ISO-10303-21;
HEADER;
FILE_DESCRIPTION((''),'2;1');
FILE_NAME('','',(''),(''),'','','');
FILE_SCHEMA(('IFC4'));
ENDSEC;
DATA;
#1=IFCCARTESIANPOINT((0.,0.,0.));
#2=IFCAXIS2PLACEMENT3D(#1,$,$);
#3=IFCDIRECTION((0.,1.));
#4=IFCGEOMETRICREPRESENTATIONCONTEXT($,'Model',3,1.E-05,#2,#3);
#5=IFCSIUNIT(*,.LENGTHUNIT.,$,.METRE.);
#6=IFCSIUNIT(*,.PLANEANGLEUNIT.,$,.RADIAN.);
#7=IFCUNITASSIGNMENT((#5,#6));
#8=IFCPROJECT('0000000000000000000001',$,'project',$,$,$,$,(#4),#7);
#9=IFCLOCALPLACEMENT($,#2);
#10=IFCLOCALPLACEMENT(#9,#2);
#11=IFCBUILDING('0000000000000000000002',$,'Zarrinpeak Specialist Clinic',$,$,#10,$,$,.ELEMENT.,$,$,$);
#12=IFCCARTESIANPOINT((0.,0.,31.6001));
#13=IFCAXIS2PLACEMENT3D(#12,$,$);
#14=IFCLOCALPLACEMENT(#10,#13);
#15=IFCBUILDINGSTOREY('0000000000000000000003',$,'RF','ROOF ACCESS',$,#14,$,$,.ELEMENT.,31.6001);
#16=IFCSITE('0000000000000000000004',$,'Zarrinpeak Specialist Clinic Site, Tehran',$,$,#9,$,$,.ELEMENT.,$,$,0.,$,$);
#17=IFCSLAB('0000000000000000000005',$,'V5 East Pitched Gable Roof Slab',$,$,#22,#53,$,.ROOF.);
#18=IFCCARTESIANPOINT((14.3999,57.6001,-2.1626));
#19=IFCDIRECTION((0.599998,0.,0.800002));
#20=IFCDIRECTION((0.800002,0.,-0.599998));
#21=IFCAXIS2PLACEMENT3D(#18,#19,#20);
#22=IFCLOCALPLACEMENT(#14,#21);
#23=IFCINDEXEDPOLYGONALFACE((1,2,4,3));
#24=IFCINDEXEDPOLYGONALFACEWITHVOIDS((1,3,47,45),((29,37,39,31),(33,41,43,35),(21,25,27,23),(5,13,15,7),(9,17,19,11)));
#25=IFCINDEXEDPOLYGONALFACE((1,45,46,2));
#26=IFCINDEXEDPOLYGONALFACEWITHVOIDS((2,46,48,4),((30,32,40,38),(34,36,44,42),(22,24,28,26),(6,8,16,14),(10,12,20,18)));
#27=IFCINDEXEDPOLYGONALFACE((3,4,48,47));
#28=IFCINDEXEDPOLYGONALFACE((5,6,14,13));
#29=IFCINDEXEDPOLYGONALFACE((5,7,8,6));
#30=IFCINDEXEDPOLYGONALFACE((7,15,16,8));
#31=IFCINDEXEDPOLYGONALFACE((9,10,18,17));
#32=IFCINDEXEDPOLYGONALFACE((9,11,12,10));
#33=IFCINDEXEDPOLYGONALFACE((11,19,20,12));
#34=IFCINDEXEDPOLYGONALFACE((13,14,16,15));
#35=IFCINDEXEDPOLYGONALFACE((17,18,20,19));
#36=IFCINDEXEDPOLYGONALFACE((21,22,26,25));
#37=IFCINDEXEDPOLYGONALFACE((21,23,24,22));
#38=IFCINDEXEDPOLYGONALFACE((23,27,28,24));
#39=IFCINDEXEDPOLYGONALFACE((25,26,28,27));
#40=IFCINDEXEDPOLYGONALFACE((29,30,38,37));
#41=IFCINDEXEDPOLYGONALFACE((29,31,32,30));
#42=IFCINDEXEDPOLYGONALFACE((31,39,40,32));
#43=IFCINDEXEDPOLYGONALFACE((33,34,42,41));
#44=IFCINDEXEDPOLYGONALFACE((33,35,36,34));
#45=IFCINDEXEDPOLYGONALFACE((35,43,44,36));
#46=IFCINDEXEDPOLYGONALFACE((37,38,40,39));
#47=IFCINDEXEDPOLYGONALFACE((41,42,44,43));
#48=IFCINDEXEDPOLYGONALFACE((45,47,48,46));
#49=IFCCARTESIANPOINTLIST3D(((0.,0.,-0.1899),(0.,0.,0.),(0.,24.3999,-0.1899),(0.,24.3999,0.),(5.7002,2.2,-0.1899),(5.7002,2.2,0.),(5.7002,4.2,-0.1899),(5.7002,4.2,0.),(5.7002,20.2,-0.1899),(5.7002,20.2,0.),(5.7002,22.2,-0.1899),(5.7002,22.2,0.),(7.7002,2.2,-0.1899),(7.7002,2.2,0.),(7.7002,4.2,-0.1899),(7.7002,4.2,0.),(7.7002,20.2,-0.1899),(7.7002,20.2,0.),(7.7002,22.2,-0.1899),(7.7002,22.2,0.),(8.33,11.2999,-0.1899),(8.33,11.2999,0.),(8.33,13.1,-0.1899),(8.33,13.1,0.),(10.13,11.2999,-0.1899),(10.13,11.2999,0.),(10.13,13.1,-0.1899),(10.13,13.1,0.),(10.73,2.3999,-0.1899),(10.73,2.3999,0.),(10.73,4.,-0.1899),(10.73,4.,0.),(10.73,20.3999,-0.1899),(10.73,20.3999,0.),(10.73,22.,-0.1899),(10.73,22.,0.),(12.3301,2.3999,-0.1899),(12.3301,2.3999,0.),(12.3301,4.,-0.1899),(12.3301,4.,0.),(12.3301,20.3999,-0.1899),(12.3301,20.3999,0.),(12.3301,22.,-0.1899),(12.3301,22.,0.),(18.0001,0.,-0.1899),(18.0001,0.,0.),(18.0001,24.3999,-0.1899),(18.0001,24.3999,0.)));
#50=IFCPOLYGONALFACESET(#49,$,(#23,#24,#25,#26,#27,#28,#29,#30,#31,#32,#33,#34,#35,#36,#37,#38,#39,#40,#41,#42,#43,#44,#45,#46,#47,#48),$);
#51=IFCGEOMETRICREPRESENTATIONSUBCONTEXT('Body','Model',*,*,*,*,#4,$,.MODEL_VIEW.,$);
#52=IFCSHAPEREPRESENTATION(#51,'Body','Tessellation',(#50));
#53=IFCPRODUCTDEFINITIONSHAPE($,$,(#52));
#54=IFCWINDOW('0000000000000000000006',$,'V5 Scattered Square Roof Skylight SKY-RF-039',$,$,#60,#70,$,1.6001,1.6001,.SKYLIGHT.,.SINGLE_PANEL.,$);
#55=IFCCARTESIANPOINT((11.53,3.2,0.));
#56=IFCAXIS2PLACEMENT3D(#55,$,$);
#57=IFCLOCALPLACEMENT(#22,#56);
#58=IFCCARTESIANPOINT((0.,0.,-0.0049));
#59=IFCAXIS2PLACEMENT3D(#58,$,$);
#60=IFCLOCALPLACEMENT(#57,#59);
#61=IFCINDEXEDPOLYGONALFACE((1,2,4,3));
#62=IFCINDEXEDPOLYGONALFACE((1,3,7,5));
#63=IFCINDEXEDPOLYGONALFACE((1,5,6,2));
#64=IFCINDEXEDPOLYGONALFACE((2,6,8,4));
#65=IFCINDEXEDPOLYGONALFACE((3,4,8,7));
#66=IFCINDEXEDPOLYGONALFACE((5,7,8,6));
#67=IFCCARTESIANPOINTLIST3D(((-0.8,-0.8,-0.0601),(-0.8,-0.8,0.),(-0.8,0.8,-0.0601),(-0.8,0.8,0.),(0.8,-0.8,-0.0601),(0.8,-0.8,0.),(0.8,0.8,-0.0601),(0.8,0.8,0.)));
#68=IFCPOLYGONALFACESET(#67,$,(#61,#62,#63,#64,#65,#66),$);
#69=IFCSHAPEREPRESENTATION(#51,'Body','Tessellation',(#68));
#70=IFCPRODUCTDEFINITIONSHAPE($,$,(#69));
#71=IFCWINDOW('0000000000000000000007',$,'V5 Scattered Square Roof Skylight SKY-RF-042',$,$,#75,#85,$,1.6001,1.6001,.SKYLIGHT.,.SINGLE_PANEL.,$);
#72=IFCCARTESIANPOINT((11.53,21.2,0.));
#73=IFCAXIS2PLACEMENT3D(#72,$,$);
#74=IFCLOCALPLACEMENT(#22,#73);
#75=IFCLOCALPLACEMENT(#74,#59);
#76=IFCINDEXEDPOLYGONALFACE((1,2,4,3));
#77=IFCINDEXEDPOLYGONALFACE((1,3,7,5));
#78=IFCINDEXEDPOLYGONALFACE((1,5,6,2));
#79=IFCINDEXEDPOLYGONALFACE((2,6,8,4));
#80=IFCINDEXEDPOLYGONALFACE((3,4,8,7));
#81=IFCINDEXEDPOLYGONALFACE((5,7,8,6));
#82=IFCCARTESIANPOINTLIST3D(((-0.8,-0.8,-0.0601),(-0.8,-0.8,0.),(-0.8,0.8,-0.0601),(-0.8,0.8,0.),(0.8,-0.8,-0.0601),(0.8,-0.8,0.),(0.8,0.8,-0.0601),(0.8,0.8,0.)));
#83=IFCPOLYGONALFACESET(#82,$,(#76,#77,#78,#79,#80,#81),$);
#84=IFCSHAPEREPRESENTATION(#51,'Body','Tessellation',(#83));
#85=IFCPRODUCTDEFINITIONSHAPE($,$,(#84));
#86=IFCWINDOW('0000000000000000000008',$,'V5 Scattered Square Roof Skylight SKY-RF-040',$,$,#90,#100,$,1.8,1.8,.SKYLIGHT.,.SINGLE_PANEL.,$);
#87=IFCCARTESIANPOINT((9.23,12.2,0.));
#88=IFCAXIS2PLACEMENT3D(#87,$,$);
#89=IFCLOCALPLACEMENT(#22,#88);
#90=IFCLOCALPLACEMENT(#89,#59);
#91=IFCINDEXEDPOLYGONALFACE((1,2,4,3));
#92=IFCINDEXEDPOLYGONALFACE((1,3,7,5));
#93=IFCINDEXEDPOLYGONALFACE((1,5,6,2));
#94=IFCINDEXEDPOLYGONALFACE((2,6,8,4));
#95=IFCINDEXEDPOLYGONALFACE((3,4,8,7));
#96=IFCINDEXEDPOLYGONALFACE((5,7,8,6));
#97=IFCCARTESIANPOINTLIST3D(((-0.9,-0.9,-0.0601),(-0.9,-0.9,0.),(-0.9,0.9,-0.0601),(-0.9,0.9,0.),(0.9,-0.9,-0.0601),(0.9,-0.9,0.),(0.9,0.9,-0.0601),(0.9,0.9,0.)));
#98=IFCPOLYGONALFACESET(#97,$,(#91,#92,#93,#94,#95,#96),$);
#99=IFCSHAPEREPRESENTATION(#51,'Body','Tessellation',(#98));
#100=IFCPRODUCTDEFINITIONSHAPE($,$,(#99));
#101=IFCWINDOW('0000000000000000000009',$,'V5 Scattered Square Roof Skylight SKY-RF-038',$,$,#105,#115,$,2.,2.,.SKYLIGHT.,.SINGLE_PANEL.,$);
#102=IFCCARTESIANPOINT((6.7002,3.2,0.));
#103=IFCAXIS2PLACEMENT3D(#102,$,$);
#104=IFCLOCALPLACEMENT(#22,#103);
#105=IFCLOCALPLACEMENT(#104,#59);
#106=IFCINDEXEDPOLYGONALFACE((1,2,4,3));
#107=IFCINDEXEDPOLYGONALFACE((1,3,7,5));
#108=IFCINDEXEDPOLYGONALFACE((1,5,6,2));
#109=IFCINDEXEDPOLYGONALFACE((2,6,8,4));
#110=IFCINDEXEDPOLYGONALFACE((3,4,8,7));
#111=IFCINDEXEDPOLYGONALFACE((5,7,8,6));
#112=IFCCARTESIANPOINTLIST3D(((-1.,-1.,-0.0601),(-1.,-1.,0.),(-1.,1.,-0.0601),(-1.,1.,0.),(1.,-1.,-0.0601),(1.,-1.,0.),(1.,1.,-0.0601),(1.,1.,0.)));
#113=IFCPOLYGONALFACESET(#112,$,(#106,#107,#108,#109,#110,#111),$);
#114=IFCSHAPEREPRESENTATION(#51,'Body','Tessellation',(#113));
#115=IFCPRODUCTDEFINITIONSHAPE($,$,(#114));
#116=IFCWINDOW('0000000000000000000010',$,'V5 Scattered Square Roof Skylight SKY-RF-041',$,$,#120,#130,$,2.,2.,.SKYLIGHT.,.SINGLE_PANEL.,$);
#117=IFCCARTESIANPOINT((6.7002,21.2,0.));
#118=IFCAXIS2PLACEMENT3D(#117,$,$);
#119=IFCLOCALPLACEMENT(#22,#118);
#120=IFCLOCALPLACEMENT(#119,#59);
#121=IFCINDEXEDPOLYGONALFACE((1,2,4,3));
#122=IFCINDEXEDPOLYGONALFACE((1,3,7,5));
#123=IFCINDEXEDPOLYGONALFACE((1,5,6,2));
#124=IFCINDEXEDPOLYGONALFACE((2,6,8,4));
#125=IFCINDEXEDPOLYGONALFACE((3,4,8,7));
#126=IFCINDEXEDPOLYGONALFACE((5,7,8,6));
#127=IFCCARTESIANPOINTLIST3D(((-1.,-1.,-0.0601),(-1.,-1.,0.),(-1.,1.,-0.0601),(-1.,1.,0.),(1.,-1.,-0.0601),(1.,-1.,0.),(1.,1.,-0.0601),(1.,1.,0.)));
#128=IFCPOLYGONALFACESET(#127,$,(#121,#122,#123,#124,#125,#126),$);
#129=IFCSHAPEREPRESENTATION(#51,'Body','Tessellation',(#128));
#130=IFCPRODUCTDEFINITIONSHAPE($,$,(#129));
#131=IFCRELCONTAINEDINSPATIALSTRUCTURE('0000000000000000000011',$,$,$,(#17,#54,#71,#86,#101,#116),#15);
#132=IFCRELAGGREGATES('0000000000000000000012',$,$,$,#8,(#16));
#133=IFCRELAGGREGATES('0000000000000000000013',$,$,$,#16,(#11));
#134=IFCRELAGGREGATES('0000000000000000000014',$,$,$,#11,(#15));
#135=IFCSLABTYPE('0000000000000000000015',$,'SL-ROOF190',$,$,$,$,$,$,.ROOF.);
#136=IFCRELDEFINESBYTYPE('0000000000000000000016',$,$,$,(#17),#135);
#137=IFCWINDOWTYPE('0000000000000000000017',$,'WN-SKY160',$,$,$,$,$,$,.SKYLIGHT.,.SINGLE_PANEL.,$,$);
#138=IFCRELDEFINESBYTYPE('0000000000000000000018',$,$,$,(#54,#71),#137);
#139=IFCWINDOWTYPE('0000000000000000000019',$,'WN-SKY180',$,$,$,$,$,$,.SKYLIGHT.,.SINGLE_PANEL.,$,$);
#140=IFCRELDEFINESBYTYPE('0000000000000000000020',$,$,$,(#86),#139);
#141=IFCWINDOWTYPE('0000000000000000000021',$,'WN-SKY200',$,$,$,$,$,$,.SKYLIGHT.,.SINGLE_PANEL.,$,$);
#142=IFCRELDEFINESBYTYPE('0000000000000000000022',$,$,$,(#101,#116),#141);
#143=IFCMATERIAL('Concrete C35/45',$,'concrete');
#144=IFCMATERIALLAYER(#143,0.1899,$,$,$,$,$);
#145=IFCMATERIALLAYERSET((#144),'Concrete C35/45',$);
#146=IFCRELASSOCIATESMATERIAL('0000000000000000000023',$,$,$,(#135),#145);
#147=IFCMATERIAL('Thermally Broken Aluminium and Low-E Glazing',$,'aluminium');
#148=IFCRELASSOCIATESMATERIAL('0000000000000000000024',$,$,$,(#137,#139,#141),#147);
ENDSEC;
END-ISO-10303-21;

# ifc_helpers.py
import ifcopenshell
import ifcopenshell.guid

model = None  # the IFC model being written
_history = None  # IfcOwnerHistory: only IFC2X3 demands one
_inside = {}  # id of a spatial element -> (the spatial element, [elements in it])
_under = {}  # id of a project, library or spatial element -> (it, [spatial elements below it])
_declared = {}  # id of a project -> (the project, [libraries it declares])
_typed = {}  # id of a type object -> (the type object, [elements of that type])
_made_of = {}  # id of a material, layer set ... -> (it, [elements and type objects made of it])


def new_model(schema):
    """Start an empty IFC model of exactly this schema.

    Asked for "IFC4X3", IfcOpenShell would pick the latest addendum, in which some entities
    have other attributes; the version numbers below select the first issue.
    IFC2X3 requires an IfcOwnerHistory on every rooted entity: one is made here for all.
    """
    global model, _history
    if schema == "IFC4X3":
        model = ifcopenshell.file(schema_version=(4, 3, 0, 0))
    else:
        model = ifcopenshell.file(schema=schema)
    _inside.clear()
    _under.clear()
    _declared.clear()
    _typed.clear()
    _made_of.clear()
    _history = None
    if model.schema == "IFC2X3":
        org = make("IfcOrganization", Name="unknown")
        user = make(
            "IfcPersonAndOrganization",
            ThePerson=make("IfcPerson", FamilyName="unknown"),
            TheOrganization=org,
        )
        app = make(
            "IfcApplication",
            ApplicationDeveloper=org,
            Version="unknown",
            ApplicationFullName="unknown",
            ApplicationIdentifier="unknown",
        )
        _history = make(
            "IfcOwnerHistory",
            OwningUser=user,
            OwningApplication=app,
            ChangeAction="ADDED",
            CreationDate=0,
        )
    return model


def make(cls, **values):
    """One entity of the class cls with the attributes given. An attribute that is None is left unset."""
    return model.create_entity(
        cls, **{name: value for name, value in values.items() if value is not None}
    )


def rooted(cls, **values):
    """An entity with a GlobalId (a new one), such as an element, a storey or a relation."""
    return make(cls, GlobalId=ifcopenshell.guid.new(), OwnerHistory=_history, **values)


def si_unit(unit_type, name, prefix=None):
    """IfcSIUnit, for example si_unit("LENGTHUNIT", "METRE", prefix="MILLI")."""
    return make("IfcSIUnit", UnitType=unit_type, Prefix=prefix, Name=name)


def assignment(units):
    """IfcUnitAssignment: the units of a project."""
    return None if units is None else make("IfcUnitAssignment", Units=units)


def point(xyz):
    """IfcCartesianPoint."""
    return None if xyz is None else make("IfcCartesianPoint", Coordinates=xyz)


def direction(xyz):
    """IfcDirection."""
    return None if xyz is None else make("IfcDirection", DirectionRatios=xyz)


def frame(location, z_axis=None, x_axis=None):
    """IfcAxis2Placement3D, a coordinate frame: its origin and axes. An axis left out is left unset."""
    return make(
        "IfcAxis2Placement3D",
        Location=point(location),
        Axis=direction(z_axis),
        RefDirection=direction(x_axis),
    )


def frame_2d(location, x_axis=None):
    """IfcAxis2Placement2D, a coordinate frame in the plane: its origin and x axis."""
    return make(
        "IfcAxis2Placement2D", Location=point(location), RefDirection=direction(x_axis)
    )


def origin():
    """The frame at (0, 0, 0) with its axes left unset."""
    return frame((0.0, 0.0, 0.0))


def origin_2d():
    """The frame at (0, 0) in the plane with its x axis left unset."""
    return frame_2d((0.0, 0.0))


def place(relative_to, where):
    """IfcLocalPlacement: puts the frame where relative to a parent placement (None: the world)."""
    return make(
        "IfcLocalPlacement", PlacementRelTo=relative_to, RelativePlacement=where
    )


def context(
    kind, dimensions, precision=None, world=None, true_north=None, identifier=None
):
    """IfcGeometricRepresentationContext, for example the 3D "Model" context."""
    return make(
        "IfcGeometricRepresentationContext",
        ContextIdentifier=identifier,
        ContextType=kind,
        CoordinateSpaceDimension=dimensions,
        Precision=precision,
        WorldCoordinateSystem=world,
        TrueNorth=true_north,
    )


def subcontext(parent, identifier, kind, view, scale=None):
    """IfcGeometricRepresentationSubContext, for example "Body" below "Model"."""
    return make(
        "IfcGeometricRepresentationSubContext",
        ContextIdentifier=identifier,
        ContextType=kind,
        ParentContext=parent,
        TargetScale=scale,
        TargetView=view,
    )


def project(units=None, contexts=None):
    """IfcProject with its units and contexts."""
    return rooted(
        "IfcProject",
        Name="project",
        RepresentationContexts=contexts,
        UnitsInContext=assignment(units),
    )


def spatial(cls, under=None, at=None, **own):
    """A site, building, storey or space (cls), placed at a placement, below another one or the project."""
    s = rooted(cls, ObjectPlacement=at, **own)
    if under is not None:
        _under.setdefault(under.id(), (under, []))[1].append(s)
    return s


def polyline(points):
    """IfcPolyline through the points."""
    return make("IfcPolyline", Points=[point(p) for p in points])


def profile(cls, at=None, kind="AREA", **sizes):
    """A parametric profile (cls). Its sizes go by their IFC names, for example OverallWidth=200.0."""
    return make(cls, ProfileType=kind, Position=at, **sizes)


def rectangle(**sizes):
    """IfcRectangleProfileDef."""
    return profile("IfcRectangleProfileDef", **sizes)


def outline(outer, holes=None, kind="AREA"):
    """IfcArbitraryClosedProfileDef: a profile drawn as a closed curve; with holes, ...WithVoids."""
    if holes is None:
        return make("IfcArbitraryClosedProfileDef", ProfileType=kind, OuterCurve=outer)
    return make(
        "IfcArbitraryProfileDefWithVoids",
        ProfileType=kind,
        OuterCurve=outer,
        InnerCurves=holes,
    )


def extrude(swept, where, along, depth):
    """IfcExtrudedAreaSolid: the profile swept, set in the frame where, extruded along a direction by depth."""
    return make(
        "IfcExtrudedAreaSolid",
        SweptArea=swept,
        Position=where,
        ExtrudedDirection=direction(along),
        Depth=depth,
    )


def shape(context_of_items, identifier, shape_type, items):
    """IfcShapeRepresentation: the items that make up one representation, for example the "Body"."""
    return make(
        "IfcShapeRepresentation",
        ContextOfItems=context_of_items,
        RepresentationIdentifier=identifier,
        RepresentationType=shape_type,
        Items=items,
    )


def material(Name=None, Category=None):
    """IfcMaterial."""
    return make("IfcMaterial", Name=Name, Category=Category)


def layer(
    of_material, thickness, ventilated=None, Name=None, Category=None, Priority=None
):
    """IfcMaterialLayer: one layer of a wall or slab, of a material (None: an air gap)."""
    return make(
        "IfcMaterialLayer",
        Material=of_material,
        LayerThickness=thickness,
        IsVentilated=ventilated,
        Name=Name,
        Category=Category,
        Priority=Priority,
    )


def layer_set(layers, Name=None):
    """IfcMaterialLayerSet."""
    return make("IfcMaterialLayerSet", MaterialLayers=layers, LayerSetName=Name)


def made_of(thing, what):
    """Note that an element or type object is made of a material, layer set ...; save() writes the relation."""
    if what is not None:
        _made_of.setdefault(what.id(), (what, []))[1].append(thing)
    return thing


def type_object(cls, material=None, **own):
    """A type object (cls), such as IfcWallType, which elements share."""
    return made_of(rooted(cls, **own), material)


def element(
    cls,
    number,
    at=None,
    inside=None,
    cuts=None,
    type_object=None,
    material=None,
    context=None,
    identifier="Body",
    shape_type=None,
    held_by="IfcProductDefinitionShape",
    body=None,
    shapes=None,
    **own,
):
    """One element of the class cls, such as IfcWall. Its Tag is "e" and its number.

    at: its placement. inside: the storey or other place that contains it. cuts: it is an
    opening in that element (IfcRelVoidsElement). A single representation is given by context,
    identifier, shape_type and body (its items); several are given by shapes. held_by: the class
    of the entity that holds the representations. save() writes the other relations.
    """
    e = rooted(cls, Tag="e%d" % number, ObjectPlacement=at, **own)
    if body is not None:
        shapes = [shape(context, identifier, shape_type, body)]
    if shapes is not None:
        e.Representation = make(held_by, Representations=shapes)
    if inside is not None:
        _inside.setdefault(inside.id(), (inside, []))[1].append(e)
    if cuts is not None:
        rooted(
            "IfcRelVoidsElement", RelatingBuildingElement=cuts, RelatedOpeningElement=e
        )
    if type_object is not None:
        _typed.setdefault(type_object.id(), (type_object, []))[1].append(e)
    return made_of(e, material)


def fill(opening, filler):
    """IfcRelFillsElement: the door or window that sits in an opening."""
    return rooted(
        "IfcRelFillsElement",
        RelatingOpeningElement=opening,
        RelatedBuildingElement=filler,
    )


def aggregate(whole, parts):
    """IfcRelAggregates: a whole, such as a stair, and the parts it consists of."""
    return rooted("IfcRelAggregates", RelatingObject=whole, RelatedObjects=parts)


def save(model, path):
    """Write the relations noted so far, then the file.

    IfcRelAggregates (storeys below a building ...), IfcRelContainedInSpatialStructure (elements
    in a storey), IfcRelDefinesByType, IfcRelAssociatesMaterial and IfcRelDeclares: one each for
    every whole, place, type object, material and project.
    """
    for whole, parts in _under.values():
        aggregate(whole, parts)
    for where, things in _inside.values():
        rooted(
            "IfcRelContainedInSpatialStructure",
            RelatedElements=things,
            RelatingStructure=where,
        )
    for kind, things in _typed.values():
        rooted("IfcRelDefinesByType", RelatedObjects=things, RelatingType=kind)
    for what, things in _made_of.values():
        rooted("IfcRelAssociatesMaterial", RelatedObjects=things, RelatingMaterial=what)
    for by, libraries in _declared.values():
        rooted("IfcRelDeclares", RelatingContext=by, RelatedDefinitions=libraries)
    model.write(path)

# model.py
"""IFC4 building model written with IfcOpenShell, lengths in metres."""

from ifc_helpers import new_model, si_unit, direction, frame, origin, origin_2d, place, context, subcontext, project, spatial, polyline, rectangle, outline, extrude, material, layer, layer_set, type_object, element, fill, save


model = new_model("IFC4")

# Units and contexts
model_context = context("Model", 3, precision=1e-05, world=origin(), true_north=direction((0.0, 1.0)))
body_context = subcontext(model_context, "Body", "Model", "MODEL_VIEW")
ifc_project = project(units=[si_unit("LENGTHUNIT", "METRE"), si_unit("PLANEANGLEUNIT", "RADIAN")], contexts=[model_context])

# Site, building, storey
site_placement = place(None, origin())
site = spatial("IfcSite", under=ifc_project, at=site_placement, Name="Zarrinpeak Specialist Clinic Site, Tehran", CompositionType="ELEMENT", RefElevation=0.0)
building_placement = place(site_placement, origin())
building = spatial("IfcBuilding", under=site, at=building_placement, Name="Zarrinpeak Specialist Clinic", CompositionType="ELEMENT")
storey_placement = place(building_placement, frame((0.0, 0.0, 31.6001)))
storey = spatial("IfcBuildingStorey", under=building, at=storey_placement, Name="RF", Description="ROOF ACCESS", CompositionType="ELEMENT", Elevation=31.6001)

# Slab, openings, windows
ifc_material_1 = material(Name="Concrete C35/45", Category="concrete")
ifc_layer_1 = layer(ifc_material_1, 0.1899)
ifc_layer_set_1 = layer_set([ifc_layer_1], Name="Concrete C35/45")
slab_type = type_object("IfcSlabType", Name="SL-ROOF190", PredefinedType="ROOF", material=ifc_layer_set_1)
ifc_material_2 = material(Name="Thermally Broken Aluminium and Low-E Glazing", Category="aluminium")
window_type_1 = type_object("IfcWindowType", Name="WN-SKY160", PartitioningType="SINGLE_PANEL", PredefinedType="SKYLIGHT", material=ifc_material_2)
window_type_2 = type_object("IfcWindowType", Name="WN-SKY180", PartitioningType="SINGLE_PANEL", PredefinedType="SKYLIGHT", material=ifc_material_2)
window_type_3 = type_object("IfcWindowType", Name="WN-SKY200", PartitioningType="SINGLE_PANEL", PredefinedType="SKYLIGHT", material=ifc_material_2)
slab_1_placement = place(storey_placement, frame((14.3999, 57.6001, -2.1626), z_axis=(0.599998, 0.0, 0.800002), x_axis=(0.800002, 0.0, -0.599998)))
slab_1 = element("IfcSlab", 1, at=slab_1_placement, inside=storey, type_object=slab_type, Name="V5 East Pitched Gable Roof Slab", PredefinedType="ROOF", context=body_context, shape_type="SweptSolid", body=[
    extrude(outline(polyline([(0.0, 0.0), (18.0001, 0.0), (18.0001, 24.3999), (0.0, 24.3999), (0.0, 0.0)])), origin(), (0.0, 0.0, -1.0), 0.1899),
])
opening_1_placement = place(slab_1_placement, frame((6.7002, 3.2, 0.0)))
opening_1 = element("IfcOpeningElement", 2, at=opening_1_placement, cuts=slab_1, PredefinedType="OPENING", context=body_context, shape_type="SweptSolid", body=[
    extrude(rectangle(XDim=2.0, YDim=2.0, at=origin_2d()), frame((0.0, 0.0, 0.01), z_axis=(0.0, 0.0, 1.0), x_axis=(1.0, 0.0, 0.0)), (0.0, 0.0, -1.0), 0.21),
])
opening_2_placement = place(slab_1_placement, frame((11.53, 3.2, 0.0)))
opening_2 = element("IfcOpeningElement", 3, at=opening_2_placement, cuts=slab_1, PredefinedType="OPENING", context=body_context, shape_type="SweptSolid", body=[
    extrude(rectangle(XDim=1.6001, YDim=1.6001, at=origin_2d()), frame((0.0, 0.0, 0.01), z_axis=(0.0, 0.0, 1.0), x_axis=(1.0, 0.0, 0.0)), (0.0, 0.0, -1.0), 0.21),
])
opening_3_placement = place(slab_1_placement, frame((9.23, 12.2, 0.0)))
opening_3 = element("IfcOpeningElement", 4, at=opening_3_placement, cuts=slab_1, PredefinedType="OPENING", context=body_context, shape_type="SweptSolid", body=[
    extrude(rectangle(XDim=1.8, YDim=1.8, at=origin_2d()), frame((0.0, 0.0, 0.01), z_axis=(0.0, 0.0, 1.0), x_axis=(1.0, 0.0, 0.0)), (0.0, 0.0, -1.0), 0.21),
])
opening_4_placement = place(slab_1_placement, frame((6.7002, 21.2, 0.0)))
opening_4 = element("IfcOpeningElement", 5, at=opening_4_placement, cuts=slab_1, PredefinedType="OPENING", context=body_context, shape_type="SweptSolid", body=[
    extrude(rectangle(XDim=2.0, YDim=2.0, at=origin_2d()), frame((0.0, 0.0, 0.01), z_axis=(0.0, 0.0, 1.0), x_axis=(1.0, 0.0, 0.0)), (0.0, 0.0, -1.0), 0.21),
])
opening_5_placement = place(slab_1_placement, frame((11.53, 21.2, 0.0)))
opening_5 = element("IfcOpeningElement", 6, at=opening_5_placement, cuts=slab_1, PredefinedType="OPENING", context=body_context, shape_type="SweptSolid", body=[
    extrude(rectangle(XDim=1.6001, YDim=1.6001, at=origin_2d()), frame((0.0, 0.0, 0.01), z_axis=(0.0, 0.0, 1.0), x_axis=(1.0, 0.0, 0.0)), (0.0, 0.0, -1.0), 0.21),
])
window_1_placement = place(opening_2_placement, frame((0.0, 0.0, -0.0049)))
window_1 = element("IfcWindow", 7, at=window_1_placement, inside=storey, type_object=window_type_1, Name="V5 Scattered Square Roof Skylight SKY-RF-039", OverallHeight=1.6001, OverallWidth=1.6001, PartitioningType="SINGLE_PANEL", PredefinedType="SKYLIGHT", context=body_context, shape_type="SweptSolid", body=[
    extrude(rectangle(XDim=1.6001, YDim=1.6001, at=origin_2d()), origin(), (0.0, 0.0, -1.0), 0.0601),
])
fill(opening_2, window_1)
window_2_placement = place(opening_5_placement, frame((0.0, 0.0, -0.0049)))
window_2 = element("IfcWindow", 8, at=window_2_placement, inside=storey, type_object=window_type_1, Name="V5 Scattered Square Roof Skylight SKY-RF-042", OverallHeight=1.6001, OverallWidth=1.6001, PartitioningType="SINGLE_PANEL", PredefinedType="SKYLIGHT", context=body_context, shape_type="SweptSolid", body=[
    extrude(rectangle(XDim=1.6001, YDim=1.6001, at=origin_2d()), origin(), (0.0, 0.0, -1.0), 0.0601),
])
fill(opening_5, window_2)
window_3_placement = place(opening_3_placement, frame((0.0, 0.0, -0.0049)))
window_3 = element("IfcWindow", 9, at=window_3_placement, inside=storey, type_object=window_type_2, Name="V5 Scattered Square Roof Skylight SKY-RF-040", OverallHeight=1.8, OverallWidth=1.8, PartitioningType="SINGLE_PANEL", PredefinedType="SKYLIGHT", context=body_context, shape_type="SweptSolid", body=[
    extrude(rectangle(XDim=1.8, YDim=1.8, at=origin_2d()), origin(), (0.0, 0.0, -1.0), 0.0601),
])
fill(opening_3, window_3)
window_4_placement = place(opening_1_placement, frame((0.0, 0.0, -0.0049)))
window_4 = element("IfcWindow", 10, at=window_4_placement, inside=storey, type_object=window_type_3, Name="V5 Scattered Square Roof Skylight SKY-RF-038", OverallHeight=2.0, OverallWidth=2.0, PartitioningType="SINGLE_PANEL", PredefinedType="SKYLIGHT", context=body_context, shape_type="SweptSolid", body=[
    extrude(rectangle(XDim=2.0, YDim=2.0, at=origin_2d()), origin(), (0.0, 0.0, -1.0), 0.0601),
])
fill(opening_1, window_4)
window_5_placement = place(opening_4_placement, frame((0.0, 0.0, -0.0049)))
window_5 = element("IfcWindow", 11, at=window_5_placement, inside=storey, type_object=window_type_3, Name="V5 Scattered Square Roof Skylight SKY-RF-041", OverallHeight=2.0, OverallWidth=2.0, PartitioningType="SINGLE_PANEL", PredefinedType="SKYLIGHT", context=body_context, shape_type="SweptSolid", body=[
    extrude(rectangle(XDim=2.0, YDim=2.0, at=origin_2d()), origin(), (0.0, 0.0, -1.0), 0.0601),
])
fill(opening_4, window_5)

save(model, "model.ifc")
